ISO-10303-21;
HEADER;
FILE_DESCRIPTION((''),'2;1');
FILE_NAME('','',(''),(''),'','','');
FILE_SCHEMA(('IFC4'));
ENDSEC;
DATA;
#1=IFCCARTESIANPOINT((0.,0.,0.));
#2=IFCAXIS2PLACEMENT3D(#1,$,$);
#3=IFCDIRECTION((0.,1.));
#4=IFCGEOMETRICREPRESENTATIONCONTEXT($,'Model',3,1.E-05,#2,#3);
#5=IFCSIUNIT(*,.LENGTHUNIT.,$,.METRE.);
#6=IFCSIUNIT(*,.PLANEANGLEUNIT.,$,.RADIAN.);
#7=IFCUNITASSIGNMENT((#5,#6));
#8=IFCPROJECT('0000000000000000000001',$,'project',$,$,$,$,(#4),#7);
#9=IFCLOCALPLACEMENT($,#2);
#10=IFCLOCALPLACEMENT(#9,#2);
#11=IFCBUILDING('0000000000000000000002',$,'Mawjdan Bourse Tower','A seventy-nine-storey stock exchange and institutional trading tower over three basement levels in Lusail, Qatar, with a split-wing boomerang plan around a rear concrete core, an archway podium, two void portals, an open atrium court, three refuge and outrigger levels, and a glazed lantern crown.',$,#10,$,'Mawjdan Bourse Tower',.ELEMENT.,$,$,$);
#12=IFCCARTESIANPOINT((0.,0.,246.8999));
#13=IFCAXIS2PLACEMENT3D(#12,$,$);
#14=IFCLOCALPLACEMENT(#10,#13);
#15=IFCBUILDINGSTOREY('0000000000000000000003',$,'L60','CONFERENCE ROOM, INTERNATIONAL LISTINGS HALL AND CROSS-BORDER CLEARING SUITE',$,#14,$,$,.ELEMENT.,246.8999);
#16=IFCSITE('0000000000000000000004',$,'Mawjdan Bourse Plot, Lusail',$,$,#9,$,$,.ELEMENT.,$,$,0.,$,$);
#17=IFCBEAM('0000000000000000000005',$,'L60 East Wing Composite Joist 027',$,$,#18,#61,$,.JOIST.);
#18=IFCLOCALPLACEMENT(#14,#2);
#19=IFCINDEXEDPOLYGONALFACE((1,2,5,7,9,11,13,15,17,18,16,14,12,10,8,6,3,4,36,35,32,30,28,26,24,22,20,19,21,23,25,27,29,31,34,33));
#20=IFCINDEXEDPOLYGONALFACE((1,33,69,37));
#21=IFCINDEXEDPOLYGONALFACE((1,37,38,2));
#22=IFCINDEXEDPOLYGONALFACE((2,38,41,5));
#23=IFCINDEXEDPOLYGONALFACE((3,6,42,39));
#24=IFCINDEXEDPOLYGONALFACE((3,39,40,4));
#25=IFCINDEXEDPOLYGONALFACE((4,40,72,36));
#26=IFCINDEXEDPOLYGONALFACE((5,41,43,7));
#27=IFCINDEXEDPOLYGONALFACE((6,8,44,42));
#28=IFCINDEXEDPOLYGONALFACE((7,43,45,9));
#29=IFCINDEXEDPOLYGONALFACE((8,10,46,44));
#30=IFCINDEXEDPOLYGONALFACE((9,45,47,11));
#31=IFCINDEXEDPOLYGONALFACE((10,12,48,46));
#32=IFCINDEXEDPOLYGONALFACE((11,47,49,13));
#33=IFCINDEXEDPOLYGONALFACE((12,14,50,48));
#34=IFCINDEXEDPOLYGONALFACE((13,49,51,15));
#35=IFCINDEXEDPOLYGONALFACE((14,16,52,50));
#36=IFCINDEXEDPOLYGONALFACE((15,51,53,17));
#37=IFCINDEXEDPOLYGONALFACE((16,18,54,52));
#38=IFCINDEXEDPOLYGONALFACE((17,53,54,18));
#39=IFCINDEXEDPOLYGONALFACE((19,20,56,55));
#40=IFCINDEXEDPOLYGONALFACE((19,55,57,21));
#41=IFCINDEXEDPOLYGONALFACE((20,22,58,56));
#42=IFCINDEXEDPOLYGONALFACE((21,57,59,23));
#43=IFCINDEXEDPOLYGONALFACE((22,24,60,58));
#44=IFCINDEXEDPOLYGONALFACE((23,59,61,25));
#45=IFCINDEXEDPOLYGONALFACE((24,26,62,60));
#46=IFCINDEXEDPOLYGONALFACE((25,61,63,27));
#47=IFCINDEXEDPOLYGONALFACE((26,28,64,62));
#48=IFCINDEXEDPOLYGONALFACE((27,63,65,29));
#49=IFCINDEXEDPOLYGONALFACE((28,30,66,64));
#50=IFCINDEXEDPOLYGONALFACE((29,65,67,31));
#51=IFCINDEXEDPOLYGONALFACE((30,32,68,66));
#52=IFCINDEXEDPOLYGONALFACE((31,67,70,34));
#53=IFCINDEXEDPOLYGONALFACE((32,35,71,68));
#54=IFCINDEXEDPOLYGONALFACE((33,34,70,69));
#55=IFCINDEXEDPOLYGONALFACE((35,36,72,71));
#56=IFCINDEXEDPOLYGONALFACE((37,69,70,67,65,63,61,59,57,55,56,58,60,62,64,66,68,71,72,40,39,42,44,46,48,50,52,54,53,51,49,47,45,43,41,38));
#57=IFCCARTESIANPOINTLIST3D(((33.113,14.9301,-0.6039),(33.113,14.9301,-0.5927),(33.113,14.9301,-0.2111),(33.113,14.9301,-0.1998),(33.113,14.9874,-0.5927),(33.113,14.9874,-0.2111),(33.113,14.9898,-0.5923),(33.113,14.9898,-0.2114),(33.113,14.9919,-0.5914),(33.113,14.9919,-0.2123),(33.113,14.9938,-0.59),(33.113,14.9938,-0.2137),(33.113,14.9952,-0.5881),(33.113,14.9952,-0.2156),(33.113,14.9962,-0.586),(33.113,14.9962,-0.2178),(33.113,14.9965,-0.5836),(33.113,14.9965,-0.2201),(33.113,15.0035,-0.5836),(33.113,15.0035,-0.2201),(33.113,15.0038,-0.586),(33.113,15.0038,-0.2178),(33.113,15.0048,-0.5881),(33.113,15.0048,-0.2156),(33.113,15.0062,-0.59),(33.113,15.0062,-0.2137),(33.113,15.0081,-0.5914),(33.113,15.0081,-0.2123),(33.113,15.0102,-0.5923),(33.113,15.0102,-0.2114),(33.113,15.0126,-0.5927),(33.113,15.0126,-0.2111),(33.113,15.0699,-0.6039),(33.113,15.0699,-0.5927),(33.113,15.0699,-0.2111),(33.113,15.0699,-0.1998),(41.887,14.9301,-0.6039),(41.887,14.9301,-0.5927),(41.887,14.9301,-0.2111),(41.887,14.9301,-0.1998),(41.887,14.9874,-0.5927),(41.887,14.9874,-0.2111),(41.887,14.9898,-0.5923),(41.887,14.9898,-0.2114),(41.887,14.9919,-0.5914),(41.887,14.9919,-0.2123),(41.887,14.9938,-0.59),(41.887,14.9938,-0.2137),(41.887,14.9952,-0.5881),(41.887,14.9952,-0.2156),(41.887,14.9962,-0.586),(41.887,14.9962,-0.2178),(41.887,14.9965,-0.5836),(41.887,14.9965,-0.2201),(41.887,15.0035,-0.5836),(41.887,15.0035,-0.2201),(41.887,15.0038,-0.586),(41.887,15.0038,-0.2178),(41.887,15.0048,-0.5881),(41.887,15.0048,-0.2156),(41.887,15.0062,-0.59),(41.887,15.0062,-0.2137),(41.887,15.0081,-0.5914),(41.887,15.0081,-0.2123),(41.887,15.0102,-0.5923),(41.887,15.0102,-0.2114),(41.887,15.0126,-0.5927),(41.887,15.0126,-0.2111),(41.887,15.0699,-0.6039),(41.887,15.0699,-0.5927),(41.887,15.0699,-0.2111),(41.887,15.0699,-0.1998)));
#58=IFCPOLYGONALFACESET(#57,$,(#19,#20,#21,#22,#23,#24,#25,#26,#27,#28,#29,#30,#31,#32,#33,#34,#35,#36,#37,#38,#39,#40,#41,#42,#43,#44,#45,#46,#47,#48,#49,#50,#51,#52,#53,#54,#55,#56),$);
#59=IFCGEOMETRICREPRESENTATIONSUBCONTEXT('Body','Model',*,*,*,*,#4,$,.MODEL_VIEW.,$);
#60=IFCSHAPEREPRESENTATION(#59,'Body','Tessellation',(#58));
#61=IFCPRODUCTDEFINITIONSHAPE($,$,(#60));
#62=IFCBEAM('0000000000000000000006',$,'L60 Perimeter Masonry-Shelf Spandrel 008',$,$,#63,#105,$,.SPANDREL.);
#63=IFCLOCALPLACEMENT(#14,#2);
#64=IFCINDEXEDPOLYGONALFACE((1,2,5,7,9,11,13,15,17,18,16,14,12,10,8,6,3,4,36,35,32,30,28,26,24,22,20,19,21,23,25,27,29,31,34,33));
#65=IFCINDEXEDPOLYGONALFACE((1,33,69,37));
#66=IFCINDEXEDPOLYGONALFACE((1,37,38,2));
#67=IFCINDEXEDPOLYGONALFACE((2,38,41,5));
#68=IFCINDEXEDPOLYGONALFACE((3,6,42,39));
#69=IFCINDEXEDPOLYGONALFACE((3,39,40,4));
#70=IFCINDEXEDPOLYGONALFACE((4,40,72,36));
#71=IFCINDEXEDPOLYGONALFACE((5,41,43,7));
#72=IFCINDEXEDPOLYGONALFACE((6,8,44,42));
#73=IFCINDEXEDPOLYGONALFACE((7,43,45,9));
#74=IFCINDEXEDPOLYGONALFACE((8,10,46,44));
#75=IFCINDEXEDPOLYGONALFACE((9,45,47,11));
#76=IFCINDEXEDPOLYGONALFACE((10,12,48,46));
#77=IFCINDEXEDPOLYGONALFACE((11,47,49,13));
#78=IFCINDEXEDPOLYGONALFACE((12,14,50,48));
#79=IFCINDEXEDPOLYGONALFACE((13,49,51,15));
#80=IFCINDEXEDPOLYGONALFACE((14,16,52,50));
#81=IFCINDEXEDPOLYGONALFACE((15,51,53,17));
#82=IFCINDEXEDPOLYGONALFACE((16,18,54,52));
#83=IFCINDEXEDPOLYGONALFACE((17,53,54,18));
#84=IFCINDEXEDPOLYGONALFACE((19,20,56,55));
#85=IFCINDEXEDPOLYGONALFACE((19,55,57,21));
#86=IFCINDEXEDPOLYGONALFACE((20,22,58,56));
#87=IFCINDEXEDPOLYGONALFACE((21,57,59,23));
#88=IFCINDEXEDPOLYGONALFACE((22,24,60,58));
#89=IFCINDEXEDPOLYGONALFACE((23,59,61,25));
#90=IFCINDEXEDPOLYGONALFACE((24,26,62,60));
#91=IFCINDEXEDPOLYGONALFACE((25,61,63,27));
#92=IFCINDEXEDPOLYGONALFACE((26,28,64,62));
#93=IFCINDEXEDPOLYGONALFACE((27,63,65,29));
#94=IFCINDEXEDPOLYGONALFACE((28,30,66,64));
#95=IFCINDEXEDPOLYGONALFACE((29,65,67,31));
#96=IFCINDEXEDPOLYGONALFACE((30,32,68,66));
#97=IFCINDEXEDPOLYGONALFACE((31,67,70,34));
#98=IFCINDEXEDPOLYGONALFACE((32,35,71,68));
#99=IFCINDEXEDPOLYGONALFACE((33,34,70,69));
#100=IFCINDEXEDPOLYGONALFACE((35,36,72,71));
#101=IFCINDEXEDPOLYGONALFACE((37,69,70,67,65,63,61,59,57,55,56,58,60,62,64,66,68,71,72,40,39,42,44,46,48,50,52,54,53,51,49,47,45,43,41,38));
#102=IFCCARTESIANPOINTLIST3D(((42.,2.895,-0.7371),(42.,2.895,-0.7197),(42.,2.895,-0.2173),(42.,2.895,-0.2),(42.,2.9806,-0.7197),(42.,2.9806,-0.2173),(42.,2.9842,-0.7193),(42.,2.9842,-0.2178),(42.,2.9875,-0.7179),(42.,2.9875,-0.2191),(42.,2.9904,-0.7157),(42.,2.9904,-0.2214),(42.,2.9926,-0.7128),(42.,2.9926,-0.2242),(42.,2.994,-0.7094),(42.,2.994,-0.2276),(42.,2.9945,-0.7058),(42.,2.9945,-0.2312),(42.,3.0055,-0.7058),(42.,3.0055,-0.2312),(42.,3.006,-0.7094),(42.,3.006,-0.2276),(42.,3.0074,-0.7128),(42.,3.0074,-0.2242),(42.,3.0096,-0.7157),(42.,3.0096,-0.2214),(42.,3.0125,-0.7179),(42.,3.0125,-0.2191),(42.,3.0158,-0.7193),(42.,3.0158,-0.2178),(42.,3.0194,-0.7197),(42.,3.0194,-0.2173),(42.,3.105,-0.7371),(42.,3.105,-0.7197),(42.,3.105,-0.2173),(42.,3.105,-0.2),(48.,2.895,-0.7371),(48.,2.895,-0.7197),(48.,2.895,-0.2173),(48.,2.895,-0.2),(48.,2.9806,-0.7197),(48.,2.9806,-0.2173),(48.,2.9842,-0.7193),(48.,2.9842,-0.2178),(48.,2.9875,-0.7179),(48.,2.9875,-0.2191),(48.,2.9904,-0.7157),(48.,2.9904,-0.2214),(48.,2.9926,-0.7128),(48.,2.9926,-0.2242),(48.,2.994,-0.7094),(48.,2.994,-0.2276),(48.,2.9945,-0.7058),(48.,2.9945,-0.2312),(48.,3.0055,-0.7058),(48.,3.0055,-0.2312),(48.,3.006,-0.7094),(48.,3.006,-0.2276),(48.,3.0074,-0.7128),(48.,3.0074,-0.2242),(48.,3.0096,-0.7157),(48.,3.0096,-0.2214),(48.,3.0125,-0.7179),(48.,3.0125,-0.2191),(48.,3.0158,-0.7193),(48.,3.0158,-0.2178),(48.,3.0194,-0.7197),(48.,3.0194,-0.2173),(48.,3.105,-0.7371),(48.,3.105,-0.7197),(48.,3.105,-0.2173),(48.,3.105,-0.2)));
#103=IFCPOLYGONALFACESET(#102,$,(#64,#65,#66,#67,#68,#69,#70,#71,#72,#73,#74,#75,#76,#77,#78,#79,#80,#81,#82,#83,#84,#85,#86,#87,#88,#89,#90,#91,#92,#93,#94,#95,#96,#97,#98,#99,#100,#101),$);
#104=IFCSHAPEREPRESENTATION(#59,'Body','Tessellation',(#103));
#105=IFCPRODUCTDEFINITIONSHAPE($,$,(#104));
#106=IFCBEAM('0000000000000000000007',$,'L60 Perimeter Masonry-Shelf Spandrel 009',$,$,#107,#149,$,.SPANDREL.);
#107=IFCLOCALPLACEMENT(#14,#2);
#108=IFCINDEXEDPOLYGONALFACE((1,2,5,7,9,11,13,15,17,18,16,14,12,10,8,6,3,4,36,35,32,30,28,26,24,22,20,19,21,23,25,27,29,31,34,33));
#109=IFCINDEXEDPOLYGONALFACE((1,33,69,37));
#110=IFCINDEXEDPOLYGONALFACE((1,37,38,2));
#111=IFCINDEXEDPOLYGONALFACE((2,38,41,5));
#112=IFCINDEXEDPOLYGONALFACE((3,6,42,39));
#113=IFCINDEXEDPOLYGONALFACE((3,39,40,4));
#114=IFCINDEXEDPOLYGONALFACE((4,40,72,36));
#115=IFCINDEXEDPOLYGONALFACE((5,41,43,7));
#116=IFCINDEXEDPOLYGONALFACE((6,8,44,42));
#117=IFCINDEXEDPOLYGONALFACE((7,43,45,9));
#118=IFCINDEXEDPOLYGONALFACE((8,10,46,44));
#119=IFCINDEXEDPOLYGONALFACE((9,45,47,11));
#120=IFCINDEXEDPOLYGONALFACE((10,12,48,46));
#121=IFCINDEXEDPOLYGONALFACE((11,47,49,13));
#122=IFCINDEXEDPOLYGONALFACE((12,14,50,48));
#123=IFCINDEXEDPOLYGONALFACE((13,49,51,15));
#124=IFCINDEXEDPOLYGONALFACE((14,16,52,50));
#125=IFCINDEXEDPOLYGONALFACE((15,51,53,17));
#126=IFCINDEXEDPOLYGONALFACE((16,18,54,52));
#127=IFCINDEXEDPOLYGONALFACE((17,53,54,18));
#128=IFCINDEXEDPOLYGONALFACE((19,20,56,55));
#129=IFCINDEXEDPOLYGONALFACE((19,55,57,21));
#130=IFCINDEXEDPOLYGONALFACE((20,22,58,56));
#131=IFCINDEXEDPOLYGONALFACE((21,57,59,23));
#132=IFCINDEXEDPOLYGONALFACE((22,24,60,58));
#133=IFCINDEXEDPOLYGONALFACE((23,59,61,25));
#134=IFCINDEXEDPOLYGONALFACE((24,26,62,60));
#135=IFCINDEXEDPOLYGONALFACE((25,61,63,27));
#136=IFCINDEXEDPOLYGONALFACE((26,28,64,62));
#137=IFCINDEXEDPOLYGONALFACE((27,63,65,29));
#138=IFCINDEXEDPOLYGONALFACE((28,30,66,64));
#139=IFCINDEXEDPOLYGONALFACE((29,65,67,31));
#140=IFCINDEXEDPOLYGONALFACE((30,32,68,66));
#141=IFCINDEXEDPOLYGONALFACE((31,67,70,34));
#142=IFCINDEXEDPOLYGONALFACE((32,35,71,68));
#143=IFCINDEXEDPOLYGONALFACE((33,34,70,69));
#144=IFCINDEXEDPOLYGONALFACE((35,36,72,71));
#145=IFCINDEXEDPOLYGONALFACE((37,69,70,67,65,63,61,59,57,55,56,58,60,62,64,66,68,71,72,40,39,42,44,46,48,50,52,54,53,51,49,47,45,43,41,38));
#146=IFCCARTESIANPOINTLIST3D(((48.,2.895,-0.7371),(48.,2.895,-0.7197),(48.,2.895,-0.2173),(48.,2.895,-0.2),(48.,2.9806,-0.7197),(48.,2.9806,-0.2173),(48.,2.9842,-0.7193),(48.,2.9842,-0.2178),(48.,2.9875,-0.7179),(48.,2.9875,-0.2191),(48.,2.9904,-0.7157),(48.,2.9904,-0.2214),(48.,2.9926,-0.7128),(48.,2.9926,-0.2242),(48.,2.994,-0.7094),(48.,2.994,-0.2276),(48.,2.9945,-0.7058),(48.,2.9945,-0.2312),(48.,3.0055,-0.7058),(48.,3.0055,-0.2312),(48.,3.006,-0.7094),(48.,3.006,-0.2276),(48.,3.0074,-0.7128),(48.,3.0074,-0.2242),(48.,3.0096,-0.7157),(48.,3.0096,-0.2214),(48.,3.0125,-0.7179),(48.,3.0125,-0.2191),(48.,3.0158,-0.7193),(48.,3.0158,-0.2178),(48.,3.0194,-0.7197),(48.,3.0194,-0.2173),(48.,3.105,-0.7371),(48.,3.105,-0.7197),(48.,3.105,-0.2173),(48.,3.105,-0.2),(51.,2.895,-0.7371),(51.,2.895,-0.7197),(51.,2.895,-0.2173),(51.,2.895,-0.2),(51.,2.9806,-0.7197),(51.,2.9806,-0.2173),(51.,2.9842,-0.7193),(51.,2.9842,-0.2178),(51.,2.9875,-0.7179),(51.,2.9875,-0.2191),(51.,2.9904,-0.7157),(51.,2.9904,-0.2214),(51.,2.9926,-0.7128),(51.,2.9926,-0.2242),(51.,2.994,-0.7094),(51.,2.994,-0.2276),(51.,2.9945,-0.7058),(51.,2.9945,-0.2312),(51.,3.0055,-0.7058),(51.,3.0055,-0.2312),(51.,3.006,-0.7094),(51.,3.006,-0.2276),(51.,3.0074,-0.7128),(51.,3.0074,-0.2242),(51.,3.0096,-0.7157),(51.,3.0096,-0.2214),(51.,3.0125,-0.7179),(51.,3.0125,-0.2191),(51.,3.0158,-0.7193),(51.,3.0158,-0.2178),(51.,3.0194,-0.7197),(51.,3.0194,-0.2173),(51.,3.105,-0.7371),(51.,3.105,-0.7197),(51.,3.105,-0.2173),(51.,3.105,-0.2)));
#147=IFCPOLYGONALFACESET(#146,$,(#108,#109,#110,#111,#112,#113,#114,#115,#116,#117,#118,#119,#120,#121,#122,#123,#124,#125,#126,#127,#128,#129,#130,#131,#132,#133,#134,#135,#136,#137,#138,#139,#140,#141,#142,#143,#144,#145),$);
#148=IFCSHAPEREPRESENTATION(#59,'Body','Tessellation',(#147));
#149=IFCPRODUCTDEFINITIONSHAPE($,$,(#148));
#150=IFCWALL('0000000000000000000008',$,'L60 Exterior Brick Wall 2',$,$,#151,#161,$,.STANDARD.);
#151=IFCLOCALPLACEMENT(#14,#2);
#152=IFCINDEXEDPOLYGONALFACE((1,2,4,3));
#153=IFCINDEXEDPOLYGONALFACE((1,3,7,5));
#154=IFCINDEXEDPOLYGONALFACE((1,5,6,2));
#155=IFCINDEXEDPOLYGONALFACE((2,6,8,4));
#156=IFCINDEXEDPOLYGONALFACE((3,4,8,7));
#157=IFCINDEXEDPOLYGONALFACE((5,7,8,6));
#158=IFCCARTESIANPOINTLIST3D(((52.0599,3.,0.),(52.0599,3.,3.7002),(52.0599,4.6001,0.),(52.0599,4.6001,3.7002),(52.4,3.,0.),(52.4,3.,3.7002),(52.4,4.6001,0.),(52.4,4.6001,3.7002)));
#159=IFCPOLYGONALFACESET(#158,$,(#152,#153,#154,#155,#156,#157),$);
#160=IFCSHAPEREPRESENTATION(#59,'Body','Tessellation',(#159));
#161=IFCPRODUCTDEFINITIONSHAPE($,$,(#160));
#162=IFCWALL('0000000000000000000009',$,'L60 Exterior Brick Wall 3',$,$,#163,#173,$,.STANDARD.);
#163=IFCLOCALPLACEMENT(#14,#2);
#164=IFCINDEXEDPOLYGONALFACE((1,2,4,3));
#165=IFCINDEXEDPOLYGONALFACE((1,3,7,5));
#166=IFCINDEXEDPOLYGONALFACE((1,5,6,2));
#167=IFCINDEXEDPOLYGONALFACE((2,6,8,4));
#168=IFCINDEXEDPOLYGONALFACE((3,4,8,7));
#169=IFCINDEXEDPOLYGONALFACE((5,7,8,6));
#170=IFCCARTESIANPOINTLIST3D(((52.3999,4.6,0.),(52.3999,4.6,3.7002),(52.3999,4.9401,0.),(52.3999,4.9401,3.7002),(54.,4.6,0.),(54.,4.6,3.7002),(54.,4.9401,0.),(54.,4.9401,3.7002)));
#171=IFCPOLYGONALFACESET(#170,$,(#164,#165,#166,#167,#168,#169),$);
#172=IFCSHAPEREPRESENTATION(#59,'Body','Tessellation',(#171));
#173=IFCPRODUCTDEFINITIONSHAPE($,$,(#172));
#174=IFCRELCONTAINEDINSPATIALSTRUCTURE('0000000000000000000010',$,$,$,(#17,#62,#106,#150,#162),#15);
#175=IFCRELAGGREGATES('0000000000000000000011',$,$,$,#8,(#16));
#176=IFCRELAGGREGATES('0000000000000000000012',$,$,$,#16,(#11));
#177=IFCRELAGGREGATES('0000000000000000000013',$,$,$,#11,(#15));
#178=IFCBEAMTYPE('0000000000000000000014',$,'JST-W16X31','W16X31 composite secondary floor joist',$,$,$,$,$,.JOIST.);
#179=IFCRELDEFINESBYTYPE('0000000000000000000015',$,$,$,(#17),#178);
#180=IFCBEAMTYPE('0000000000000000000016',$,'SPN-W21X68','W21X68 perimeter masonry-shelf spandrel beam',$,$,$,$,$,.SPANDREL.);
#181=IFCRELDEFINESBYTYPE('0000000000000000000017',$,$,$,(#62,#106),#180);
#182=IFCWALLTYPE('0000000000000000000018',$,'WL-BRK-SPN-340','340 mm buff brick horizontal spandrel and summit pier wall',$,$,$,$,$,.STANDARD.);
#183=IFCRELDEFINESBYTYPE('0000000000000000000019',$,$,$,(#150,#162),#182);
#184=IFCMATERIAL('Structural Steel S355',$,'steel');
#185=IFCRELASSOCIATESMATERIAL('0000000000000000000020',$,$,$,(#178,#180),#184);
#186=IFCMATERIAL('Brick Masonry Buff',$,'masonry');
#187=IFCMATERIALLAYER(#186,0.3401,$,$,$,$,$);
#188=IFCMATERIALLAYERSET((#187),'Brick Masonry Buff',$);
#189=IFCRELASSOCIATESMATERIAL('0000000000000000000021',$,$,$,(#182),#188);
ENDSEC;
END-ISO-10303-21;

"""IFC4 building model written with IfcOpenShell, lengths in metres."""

from ifc_helpers import new_model, si_unit, direction, frame, frame_2d, origin, origin_2d, place, context, subcontext, project, spatial, rectangle, i_section, extrude, material, layer, layer_set, material_profile, profile_set, type_object, element, save


model = new_model("IFC4")

# Units and contexts
model_context = context("Model", 3, precision=1e-05, world=origin(), true_north=direction((0.0, 1.0)))
body_context = subcontext(model_context, "Body", "Model", "MODEL_VIEW")
ifc_project = project(units=[si_unit("LENGTHUNIT", "METRE"), si_unit("PLANEANGLEUNIT", "RADIAN")], contexts=[model_context])

# Site, building, storey
site_placement = place(None, origin())
site = spatial("IfcSite", under=ifc_project, at=site_placement, Name="Mawjdan Bourse Plot, Lusail", CompositionType="ELEMENT", RefElevation=0.0)
building_placement = place(site_placement, origin())
building = spatial("IfcBuilding", under=site, at=building_placement, Name="Mawjdan Bourse Tower", Description="A seventy-nine-storey stock exchange and institutional trading tower over three basement levels in Lusail, Qatar, with a split-wing boomerang plan around a rear concrete core, an archway podium, two void portals, an open atrium court, three refuge and outrigger levels, and a glazed lantern crown.", LongName="Mawjdan Bourse Tower", CompositionType="ELEMENT")
storey_placement = place(building_placement, frame((0.0, 0.0, 246.8999)))
storey = spatial("IfcBuildingStorey", under=building, at=storey_placement, Name="L60", Description="CONFERENCE ROOM, INTERNATIONAL LISTINGS HALL AND CROSS-BORDER CLEARING SUITE", CompositionType="ELEMENT", Elevation=246.8999)

# Beams
ifc_material_1 = material(Name="Structural Steel S355", Category="steel")
ifc_material_profile_1 = material_profile(ifc_material_1, i_section(OverallWidth=0.1399, OverallDepth=0.4041, WebThickness=0.0071, FlangeThickness=0.0112, FilletRadius=0.009, at=origin_2d()), Name="W16X31")
ifc_profile_set_1 = profile_set([ifc_material_profile_1], Name="Structural Steel S355")
beam_type_1 = type_object("IfcBeamType", Name="JST-W16X31", Description="W16X31 composite secondary floor joist", PredefinedType="JOIST", material=ifc_profile_set_1)
beam_1_placement = place(storey_placement, frame((33.113, 15.0, -0.4019), z_axis=(1.0, 0.0, 0.0), x_axis=(0.0, 1.0, 0.0)))
element("IfcBeam", 1, at=beam_1_placement, inside=storey, type_object=beam_type_1, Name="L60 East Wing Composite Joist 027", PredefinedType="JOIST", context=body_context, shape_type="SweptSolid", body=[
    extrude(i_section(OverallWidth=0.1399, OverallDepth=0.4041, WebThickness=0.0071, FlangeThickness=0.0112, FilletRadius=0.009, at=origin_2d()), origin(), (0.0, 0.0, 1.0), 8.7739),
])
ifc_material_profile_2 = material_profile(ifc_material_1, i_section(OverallWidth=0.21, OverallDepth=0.5371, WebThickness=0.011, FlangeThickness=0.0173, FilletRadius=0.0139, at=origin_2d()), Name="W21X68")
ifc_profile_set_2 = profile_set([ifc_material_profile_2], Name="Structural Steel S355")
beam_type_2 = type_object("IfcBeamType", Name="SPN-W21X68", Description="W21X68 perimeter masonry-shelf spandrel beam", PredefinedType="SPANDREL", material=ifc_profile_set_2)
beam_2_placement = place(storey_placement, frame((42.0, 3.0, -0.4685), z_axis=(1.0, 0.0, 0.0), x_axis=(0.0, 1.0, 0.0)))
element("IfcBeam", 2, at=beam_2_placement, inside=storey, type_object=beam_type_2, Name="L60 Perimeter Masonry-Shelf Spandrel 008", PredefinedType="SPANDREL", context=body_context, shape_type="SweptSolid", body=[
    extrude(i_section(OverallWidth=0.21, OverallDepth=0.5371, WebThickness=0.011, FlangeThickness=0.0173, FilletRadius=0.0139, at=origin_2d()), origin(), (0.0, 0.0, 1.0), 6.0),
])
beam_3_placement = place(storey_placement, frame((48.0, 3.0, -0.4685), z_axis=(1.0, 0.0, 0.0), x_axis=(0.0, 1.0, 0.0)))
element("IfcBeam", 3, at=beam_3_placement, inside=storey, type_object=beam_type_2, Name="L60 Perimeter Masonry-Shelf Spandrel 009", PredefinedType="SPANDREL", context=body_context, shape_type="SweptSolid", body=[
    extrude(i_section(OverallWidth=0.21, OverallDepth=0.5371, WebThickness=0.011, FlangeThickness=0.0173, FilletRadius=0.0139, at=origin_2d()), origin(), (0.0, 0.0, 1.0), 3.0),
])

# Walls
ifc_material_2 = material(Name="Brick Masonry Buff", Category="masonry")
ifc_layer_1 = layer(ifc_material_2, 0.3401)
ifc_layer_set_1 = layer_set([ifc_layer_1], Name="Brick Masonry Buff")
wall_type_1 = type_object("IfcWallType", Name="WL-BRK-SPN-340", Description="340 mm buff brick horizontal spandrel and summit pier wall", PredefinedType="STANDARD", material=ifc_layer_set_1)
for number, where, z_axis, x_axis, name in (
    (4, (52.23, 3.0, 0.0), (0.0, 0.0, 1.0), (0.0, 1.0, 0.0), "L60 Exterior Brick Wall 2"),
    (5, (52.3999, 4.77, 0.0), (0.0, 0.0, 1.0), (1.0, 0.0, 0.0), "L60 Exterior Brick Wall 3"),
):
    element("IfcWall", number, at=place(storey_placement, frame(where, z_axis=z_axis, x_axis=x_axis)), inside=storey, type_object=wall_type_1, Name=name, PredefinedType="STANDARD", context=body_context, shape_type="SweptSolid", body=[
        extrude(rectangle(XDim=1.6001, YDim=0.3401, at=frame_2d((0.8, 0.0))), origin(), (0.0, 0.0, 1.0), 3.7002),
    ])

save(model, "model.ifc")
